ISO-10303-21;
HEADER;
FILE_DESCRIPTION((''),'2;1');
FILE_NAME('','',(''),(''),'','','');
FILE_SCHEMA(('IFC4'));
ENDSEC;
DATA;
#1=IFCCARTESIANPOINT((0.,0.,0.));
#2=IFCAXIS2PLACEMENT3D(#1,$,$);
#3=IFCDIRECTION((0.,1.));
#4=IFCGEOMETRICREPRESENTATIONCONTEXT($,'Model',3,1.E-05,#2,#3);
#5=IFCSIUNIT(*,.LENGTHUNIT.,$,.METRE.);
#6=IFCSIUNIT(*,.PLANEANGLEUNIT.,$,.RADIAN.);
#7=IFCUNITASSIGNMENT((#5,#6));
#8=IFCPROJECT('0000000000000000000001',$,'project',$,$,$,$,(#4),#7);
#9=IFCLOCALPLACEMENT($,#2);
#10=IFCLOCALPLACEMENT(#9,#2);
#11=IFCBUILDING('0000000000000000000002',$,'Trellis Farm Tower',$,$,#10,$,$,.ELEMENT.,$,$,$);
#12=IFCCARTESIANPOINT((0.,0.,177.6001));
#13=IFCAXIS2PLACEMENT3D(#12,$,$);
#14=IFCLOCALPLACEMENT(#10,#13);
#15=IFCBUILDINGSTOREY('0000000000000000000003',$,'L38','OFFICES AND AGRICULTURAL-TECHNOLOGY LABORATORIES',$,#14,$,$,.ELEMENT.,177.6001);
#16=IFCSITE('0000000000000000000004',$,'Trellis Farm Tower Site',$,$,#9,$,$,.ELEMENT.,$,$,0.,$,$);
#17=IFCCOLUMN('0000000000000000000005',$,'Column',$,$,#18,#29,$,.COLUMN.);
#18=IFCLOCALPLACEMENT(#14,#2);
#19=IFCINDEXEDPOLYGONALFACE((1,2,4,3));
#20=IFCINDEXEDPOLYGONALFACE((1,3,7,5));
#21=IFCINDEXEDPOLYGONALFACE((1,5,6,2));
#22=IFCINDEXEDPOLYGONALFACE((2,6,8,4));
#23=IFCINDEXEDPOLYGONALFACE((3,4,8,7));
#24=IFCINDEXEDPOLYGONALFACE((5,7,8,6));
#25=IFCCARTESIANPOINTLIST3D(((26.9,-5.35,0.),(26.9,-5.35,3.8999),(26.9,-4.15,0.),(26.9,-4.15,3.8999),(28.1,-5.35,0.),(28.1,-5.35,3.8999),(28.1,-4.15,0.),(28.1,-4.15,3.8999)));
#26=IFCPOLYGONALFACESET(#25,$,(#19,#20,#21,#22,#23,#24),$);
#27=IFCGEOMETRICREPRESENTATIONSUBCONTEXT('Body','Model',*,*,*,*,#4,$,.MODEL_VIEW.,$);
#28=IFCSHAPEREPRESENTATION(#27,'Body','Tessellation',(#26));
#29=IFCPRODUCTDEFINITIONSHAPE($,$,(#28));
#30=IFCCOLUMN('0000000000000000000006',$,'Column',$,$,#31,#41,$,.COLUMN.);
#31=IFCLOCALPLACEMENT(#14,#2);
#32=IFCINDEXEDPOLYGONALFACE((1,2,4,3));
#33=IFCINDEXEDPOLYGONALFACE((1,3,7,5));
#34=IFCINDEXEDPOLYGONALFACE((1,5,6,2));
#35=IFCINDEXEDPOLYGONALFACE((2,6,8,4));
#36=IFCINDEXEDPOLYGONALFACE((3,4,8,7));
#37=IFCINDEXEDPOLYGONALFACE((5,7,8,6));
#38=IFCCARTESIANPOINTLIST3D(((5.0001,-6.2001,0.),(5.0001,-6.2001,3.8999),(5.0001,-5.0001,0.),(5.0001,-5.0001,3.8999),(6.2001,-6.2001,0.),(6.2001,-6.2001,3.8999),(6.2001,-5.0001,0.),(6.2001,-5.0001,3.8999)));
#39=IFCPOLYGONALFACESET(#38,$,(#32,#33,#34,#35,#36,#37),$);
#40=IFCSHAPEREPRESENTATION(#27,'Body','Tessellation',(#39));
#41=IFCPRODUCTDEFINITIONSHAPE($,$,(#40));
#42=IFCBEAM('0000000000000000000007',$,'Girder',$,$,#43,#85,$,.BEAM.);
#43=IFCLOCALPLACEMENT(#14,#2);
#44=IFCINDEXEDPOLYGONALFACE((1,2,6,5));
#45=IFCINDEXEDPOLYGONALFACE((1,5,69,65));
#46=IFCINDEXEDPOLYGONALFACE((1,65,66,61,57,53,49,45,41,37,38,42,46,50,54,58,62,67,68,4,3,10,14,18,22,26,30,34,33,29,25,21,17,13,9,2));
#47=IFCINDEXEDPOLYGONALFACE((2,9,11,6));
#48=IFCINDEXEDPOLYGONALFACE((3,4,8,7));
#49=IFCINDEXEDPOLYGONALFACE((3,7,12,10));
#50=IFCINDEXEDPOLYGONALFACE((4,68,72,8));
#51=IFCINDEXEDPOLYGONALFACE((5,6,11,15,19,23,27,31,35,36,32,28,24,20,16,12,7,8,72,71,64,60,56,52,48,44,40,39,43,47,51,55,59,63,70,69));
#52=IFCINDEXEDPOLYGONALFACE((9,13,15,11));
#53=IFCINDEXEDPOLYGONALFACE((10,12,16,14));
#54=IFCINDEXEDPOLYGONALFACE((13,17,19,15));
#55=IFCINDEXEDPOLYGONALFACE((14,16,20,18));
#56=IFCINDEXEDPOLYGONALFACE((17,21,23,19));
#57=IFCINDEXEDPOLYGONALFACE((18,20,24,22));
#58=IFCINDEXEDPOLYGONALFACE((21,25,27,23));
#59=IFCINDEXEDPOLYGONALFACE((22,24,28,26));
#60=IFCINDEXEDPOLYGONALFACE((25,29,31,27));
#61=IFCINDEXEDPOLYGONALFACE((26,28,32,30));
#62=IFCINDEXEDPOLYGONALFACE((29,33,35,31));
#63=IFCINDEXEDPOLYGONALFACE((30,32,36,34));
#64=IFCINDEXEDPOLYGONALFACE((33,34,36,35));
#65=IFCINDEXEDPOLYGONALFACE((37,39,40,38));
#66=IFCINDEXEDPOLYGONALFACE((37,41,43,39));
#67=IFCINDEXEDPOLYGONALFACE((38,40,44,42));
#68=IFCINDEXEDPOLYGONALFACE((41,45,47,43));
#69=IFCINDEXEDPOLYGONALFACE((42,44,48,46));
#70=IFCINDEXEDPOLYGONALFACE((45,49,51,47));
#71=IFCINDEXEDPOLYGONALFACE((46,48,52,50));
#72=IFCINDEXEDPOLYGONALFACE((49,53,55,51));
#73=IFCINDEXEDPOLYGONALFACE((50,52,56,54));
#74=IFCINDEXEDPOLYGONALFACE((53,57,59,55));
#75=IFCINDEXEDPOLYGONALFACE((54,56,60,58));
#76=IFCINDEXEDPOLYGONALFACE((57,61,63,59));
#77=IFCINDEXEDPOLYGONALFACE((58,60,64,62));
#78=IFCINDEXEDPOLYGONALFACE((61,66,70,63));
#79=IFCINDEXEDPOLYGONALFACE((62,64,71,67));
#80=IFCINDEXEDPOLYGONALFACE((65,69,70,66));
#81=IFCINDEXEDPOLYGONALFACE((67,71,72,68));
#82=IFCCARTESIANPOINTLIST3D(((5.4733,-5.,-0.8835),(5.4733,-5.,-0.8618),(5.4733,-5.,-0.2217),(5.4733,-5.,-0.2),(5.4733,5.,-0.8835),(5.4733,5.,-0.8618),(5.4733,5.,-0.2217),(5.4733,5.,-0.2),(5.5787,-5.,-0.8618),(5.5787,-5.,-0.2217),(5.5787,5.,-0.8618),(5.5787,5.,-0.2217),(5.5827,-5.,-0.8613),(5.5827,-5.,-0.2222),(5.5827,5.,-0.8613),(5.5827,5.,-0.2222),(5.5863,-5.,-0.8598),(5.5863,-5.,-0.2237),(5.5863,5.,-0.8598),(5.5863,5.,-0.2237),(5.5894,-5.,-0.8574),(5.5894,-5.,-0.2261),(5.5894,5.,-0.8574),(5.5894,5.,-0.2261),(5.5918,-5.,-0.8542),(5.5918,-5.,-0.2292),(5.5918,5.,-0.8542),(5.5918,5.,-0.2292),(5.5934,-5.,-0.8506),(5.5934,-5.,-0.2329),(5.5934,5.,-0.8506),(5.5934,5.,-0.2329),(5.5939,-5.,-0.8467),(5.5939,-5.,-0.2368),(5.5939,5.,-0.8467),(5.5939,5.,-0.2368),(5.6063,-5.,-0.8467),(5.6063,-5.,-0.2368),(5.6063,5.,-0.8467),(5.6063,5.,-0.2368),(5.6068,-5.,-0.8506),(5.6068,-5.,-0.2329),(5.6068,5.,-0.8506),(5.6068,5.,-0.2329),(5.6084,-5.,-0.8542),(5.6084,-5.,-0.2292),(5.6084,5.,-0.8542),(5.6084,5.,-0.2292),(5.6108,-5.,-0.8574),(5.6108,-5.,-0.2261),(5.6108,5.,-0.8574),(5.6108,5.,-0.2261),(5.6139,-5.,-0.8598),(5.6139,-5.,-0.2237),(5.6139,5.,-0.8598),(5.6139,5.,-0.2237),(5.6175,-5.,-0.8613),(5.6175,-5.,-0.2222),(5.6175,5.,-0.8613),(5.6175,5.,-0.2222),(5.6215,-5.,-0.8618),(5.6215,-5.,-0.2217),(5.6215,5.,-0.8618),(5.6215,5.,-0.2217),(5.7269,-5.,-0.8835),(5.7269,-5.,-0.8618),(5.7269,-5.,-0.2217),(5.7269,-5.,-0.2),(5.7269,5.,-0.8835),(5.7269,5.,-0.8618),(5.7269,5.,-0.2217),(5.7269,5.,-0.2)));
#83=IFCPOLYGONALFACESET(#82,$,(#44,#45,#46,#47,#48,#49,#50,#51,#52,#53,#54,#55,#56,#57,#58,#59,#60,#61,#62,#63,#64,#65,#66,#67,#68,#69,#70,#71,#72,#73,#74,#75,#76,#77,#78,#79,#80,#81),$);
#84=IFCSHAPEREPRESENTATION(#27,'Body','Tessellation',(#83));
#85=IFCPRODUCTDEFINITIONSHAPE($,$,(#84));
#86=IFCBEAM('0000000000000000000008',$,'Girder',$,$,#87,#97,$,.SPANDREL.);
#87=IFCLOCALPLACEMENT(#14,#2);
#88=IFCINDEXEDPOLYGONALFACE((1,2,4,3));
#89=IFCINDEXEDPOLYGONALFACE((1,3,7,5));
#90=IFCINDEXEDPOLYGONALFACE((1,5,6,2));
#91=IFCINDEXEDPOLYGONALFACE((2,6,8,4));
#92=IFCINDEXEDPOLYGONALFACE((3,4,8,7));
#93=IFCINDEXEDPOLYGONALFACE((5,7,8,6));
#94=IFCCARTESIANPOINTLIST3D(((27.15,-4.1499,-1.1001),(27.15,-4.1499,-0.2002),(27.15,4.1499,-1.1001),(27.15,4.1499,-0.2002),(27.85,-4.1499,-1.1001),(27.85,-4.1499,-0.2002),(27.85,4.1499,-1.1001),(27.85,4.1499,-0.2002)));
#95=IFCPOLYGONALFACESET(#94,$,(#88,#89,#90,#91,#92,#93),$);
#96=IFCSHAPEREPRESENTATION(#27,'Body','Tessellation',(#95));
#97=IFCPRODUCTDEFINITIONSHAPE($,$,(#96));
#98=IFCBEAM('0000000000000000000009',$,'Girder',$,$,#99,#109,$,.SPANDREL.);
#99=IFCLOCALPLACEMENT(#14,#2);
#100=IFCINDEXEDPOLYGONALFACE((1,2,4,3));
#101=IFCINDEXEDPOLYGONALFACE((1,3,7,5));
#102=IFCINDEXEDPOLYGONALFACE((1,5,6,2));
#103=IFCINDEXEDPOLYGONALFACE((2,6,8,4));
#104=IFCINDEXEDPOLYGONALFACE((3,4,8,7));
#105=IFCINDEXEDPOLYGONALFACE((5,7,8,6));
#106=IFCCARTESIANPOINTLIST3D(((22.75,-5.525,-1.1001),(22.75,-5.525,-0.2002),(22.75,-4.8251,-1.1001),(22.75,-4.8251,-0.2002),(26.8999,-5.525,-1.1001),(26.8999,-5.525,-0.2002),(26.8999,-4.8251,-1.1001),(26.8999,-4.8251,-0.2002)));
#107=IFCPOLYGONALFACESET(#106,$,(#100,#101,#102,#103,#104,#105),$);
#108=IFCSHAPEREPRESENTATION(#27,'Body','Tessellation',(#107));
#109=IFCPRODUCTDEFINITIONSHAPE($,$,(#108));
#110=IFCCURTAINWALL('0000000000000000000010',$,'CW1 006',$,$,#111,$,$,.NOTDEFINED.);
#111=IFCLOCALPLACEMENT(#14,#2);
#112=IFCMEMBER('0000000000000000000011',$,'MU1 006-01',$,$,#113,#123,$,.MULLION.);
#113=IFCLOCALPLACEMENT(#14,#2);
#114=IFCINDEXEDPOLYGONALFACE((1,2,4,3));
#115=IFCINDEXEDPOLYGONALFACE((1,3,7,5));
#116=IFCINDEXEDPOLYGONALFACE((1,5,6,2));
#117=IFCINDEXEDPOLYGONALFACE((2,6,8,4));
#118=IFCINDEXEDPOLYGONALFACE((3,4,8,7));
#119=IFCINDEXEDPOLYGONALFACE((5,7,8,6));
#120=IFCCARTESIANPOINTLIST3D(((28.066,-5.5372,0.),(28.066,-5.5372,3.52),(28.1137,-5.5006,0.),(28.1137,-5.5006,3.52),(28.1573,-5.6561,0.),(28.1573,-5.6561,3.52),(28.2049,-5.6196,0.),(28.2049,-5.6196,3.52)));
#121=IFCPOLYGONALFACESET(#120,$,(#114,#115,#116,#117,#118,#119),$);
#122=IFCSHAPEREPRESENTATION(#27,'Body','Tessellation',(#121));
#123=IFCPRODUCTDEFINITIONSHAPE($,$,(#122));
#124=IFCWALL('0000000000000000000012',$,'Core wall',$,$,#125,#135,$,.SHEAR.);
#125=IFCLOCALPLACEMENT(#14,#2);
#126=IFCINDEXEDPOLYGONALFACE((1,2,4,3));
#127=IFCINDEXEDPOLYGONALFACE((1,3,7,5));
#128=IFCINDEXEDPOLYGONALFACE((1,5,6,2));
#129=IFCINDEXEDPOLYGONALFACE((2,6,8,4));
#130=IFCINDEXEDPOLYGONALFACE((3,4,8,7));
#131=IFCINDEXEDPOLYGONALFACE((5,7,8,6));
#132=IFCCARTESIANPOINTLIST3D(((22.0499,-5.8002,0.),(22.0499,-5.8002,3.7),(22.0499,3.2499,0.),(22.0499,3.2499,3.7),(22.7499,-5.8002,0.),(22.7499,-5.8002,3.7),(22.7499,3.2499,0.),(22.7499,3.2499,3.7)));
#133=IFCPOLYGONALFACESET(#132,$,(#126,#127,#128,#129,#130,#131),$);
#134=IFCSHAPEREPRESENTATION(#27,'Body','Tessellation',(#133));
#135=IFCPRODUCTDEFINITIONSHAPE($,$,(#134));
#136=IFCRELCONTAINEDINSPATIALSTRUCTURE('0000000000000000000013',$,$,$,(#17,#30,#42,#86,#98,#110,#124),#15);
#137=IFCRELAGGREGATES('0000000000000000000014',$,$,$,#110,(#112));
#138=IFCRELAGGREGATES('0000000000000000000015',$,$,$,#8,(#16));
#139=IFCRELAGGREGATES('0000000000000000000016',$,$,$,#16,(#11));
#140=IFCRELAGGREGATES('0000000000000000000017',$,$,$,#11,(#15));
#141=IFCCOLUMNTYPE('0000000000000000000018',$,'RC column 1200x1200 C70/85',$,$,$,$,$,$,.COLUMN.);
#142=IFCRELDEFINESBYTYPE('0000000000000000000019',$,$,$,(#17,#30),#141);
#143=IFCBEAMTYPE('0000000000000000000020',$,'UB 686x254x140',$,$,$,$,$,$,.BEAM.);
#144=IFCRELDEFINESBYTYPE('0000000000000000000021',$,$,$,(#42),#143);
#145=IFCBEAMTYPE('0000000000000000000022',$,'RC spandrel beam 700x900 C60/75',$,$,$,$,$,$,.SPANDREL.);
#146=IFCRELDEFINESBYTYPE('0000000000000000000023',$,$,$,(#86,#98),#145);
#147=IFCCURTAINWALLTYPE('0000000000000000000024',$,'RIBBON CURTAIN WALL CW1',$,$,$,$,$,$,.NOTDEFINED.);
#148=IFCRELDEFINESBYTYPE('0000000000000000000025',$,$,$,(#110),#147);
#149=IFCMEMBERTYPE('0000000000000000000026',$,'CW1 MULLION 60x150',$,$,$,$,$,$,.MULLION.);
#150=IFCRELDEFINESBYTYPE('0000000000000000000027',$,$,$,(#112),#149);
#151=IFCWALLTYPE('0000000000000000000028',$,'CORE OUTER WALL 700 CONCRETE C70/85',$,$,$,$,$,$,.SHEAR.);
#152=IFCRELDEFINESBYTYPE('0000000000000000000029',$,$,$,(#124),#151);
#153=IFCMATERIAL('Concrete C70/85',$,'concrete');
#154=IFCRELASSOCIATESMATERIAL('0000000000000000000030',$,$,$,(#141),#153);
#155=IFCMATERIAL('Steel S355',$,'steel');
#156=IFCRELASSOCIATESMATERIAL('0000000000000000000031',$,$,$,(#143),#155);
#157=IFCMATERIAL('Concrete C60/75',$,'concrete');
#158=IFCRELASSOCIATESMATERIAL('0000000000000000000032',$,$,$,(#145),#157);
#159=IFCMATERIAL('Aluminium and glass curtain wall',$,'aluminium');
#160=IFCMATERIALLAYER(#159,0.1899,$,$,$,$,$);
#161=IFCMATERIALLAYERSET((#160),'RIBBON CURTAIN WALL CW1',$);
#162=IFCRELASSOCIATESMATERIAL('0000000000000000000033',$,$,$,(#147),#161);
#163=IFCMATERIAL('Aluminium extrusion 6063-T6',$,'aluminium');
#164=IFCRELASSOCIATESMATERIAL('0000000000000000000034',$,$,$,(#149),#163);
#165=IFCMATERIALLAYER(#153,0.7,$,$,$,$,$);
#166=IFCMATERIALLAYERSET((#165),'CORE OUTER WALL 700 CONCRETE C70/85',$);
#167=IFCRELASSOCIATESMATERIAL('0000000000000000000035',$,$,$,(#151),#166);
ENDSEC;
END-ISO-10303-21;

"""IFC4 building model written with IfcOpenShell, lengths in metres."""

from ifc_helpers import new_model, si_unit, direction, frame, frame_2d, origin, origin_2d, place, context, subcontext, project, spatial, rectangle, i_section, extrude, source, transform, mapped, material, layer, layer_set, material_profile, profile_set, type_object, element, aggregate, save


model = new_model("IFC4")

# Units and contexts
model_context = context("Model", 3, precision=1e-05, world=origin(), true_north=direction((0.0, 1.0)))
body_context = subcontext(model_context, "Body", "Model", "MODEL_VIEW")
ifc_project = project(units=[si_unit("LENGTHUNIT", "METRE"), si_unit("PLANEANGLEUNIT", "RADIAN")], contexts=[model_context])

# Site, building, storey
site_placement = place(None, origin())
site = spatial("IfcSite", under=ifc_project, at=site_placement, Name="Trellis Farm Tower Site", CompositionType="ELEMENT", RefElevation=0.0)
building_placement = place(site_placement, origin())
building = spatial("IfcBuilding", under=site, at=building_placement, Name="Trellis Farm Tower", CompositionType="ELEMENT")
storey_placement = place(building_placement, frame((0.0, 0.0, 177.6001)))
storey = spatial("IfcBuildingStorey", under=building, at=storey_placement, Name="L38", Description="OFFICES AND AGRICULTURAL-TECHNOLOGY LABORATORIES", CompositionType="ELEMENT", Elevation=177.6001)

# Columns
ifc_material_1 = material(Name="Concrete C70/85", Category="concrete")
ifc_material_profile_1 = material_profile(ifc_material_1, rectangle(XDim=1.2, YDim=1.2, at=origin_2d()), Name="RC column 1200x1200 C70/85")
ifc_profile_set_1 = profile_set([ifc_material_profile_1], Name="Concrete C70/85")
column_type = type_object("IfcColumnType", Name="RC column 1200x1200 C70/85", PredefinedType="COLUMN", material=ifc_profile_set_1)
shared_shape_1 = source(origin(), body_context, "Body", "SweptSolid", [
    extrude(rectangle(XDim=1.2, YDim=1.2, at=origin_2d()), origin(), (0.0, 0.0, 1.0), 3.8999),
])
for number, where, z_axis, x_axis, name in (
    (1, (27.5, -4.75, 0.0), (0.0, 0.0, 1.0), (1.0, 0.0, 0.0), "Column"),
    (2, (5.6001, -5.6001, 0.0), (0.0, 0.0, 1.0), (1.0, 0.0, 0.0), "Column"),
):
    element("IfcColumn", number, at=place(storey_placement, frame(where, z_axis=z_axis, x_axis=x_axis)), inside=storey, type_object=column_type, Name=name, PredefinedType="COLUMN", context=body_context, shape_type="MappedRepresentation", body=[
        mapped(shared_shape_1, transform((0.0, 0.0, 0.0))),
    ])

# Beams
ifc_material_2 = material(Name="Steel S355", Category="steel")
ifc_material_profile_2 = material_profile(ifc_material_2, i_section(OverallWidth=0.2537, OverallDepth=0.6836, WebThickness=0.0125, FlangeThickness=0.0217, FilletRadius=0.0151, at=origin_2d()), Name="UB 686x254x140")
ifc_profile_set_2 = profile_set([ifc_material_profile_2], Name="Steel S355")
beam_type_1 = type_object("IfcBeamType", Name="UB 686x254x140", PredefinedType="BEAM", material=ifc_profile_set_2)
shared_shape_2 = source(origin(), body_context, "Body", "SweptSolid", [
    extrude(i_section(OverallWidth=0.2537, OverallDepth=0.6836, WebThickness=0.0125, FlangeThickness=0.0217, FilletRadius=0.0151, at=origin_2d()), origin(), (0.0, 0.0, 1.0), 10.0),
])
beam_1_placement = place(storey_placement, frame((5.6001, -5.0, -0.5417), z_axis=(0.0, 1.0, 0.0), x_axis=(-1.0, 0.0, 0.0)))
element("IfcBeam", 3, at=beam_1_placement, inside=storey, type_object=beam_type_1, Name="Girder", PredefinedType="BEAM", context=body_context, shape_type="MappedRepresentation", body=[
    mapped(shared_shape_2, transform((0.0, 0.0, 0.0))),
])
ifc_material_3 = material(Name="Concrete C60/75", Category="concrete")
ifc_material_profile_3 = material_profile(ifc_material_3, rectangle(XDim=0.7, YDim=0.8999, at=origin_2d()), Name="RC spandrel beam 700x900 C60/75")
ifc_profile_set_3 = profile_set([ifc_material_profile_3], Name="Concrete C60/75")
beam_type_2 = type_object("IfcBeamType", Name="RC spandrel beam 700x900 C60/75", PredefinedType="SPANDREL", material=ifc_profile_set_3)
shared_shape_3 = source(origin(), body_context, "Body", "SweptSolid", [
    extrude(rectangle(XDim=0.7, YDim=0.8999, at=origin_2d()), origin(), (0.0, 0.0, 1.0), 8.2998),
])
beam_2_placement = place(storey_placement, frame((27.5, -4.1499, -0.6501), z_axis=(0.0, 1.0, 0.0), x_axis=(-1.0, 0.0, 0.0)))
element("IfcBeam", 4, at=beam_2_placement, inside=storey, type_object=beam_type_2, Name="Girder", PredefinedType="SPANDREL", context=body_context, shape_type="MappedRepresentation", body=[
    mapped(shared_shape_3, transform((0.0, 0.0, 0.0))),
])
shared_shape_4 = source(origin(), body_context, "Body", "SweptSolid", [
    extrude(rectangle(XDim=0.7, YDim=0.8999, at=origin_2d()), origin(), (0.0, 0.0, 1.0), 4.1499),
])
beam_3_placement = place(storey_placement, frame((22.75, -5.175, -0.6501), z_axis=(1.0, 0.0, 0.0), x_axis=(0.0, 1.0, 0.0)))
element("IfcBeam", 5, at=beam_3_placement, inside=storey, type_object=beam_type_2, Name="Girder", PredefinedType="SPANDREL", context=body_context, shape_type="MappedRepresentation", body=[
    mapped(shared_shape_4, transform((0.0, 0.0, 0.0))),
])

# Curtain wall, member
ifc_material_4 = material(Name="Aluminium and glass curtain wall", Category="aluminium")
ifc_layer_1 = layer(ifc_material_4, 0.1899)
ifc_layer_set_1 = layer_set([ifc_layer_1], Name="RIBBON CURTAIN WALL CW1")
curtain_wall_type = type_object("IfcCurtainWallType", Name="RIBBON CURTAIN WALL CW1", PredefinedType="NOTDEFINED", material=ifc_layer_set_1)
placement = place(storey_placement, origin())
curtain_wall = element("IfcCurtainWall", 6, at=placement, inside=storey, type_object=curtain_wall_type, Name="CW1 006", PredefinedType="NOTDEFINED")
ifc_material_5 = material(Name="Aluminium extrusion 6063-T6", Category="aluminium")
ifc_material_profile_4 = material_profile(ifc_material_5, rectangle(XDim=0.0601, YDim=0.1499, at=origin_2d()), Name="MULLION 60x150")
ifc_profile_set_4 = profile_set([ifc_material_profile_4], Name="Aluminium extrusion 6063-T6")
member_type = type_object("IfcMemberType", Name="CW1 MULLION 60x150", PredefinedType="MULLION", material=ifc_profile_set_4)
shared_shape_5 = source(origin(), body_context, "Body", "SweptSolid", [
    extrude(rectangle(XDim=0.0601, YDim=0.1499, at=origin_2d()), origin(), (0.0, 0.0, 1.0), 3.52),
])
member_placement = place(storey_placement, frame((28.1355, -5.5784, 0.0), z_axis=(0.0, 0.0, 1.0), x_axis=(0.793353, 0.608761, 0.0)))
member = element("IfcMember", 7, at=member_placement, type_object=member_type, Name="MU1 006-01", PredefinedType="MULLION", context=body_context, shape_type="MappedRepresentation", body=[
    mapped(shared_shape_5, transform((0.0, 0.0, 0.0))),
])
aggregate(curtain_wall, [member])

# Wall
ifc_layer_2 = layer(ifc_material_1, 0.7)
ifc_layer_set_2 = layer_set([ifc_layer_2], Name="CORE OUTER WALL 700 CONCRETE C70/85")
wall_type_1 = type_object("IfcWallType", Name="CORE OUTER WALL 700 CONCRETE C70/85", PredefinedType="SHEAR", material=ifc_layer_set_2)
shared_shape_6 = source(origin(), body_context, "Body", "SweptSolid", [
    extrude(rectangle(XDim=9.05, YDim=0.7, at=frame_2d((4.5249, 0.0))), origin(), (0.0, 0.0, 1.0), 3.7),
])
wall_1_placement = place(storey_placement, frame((22.3999, -5.8, 0.0), z_axis=(0.0, 0.0, 1.0), x_axis=(0.0, 1.0, 0.0)))
element("IfcWall", 8, at=wall_1_placement, inside=storey, type_object=wall_type_1, Name="Core wall", PredefinedType="SHEAR", context=body_context, shape_type="MappedRepresentation", body=[
    mapped(shared_shape_6, transform((0.0, 0.0, 0.0))),
])

save(model, "model.ifc")
